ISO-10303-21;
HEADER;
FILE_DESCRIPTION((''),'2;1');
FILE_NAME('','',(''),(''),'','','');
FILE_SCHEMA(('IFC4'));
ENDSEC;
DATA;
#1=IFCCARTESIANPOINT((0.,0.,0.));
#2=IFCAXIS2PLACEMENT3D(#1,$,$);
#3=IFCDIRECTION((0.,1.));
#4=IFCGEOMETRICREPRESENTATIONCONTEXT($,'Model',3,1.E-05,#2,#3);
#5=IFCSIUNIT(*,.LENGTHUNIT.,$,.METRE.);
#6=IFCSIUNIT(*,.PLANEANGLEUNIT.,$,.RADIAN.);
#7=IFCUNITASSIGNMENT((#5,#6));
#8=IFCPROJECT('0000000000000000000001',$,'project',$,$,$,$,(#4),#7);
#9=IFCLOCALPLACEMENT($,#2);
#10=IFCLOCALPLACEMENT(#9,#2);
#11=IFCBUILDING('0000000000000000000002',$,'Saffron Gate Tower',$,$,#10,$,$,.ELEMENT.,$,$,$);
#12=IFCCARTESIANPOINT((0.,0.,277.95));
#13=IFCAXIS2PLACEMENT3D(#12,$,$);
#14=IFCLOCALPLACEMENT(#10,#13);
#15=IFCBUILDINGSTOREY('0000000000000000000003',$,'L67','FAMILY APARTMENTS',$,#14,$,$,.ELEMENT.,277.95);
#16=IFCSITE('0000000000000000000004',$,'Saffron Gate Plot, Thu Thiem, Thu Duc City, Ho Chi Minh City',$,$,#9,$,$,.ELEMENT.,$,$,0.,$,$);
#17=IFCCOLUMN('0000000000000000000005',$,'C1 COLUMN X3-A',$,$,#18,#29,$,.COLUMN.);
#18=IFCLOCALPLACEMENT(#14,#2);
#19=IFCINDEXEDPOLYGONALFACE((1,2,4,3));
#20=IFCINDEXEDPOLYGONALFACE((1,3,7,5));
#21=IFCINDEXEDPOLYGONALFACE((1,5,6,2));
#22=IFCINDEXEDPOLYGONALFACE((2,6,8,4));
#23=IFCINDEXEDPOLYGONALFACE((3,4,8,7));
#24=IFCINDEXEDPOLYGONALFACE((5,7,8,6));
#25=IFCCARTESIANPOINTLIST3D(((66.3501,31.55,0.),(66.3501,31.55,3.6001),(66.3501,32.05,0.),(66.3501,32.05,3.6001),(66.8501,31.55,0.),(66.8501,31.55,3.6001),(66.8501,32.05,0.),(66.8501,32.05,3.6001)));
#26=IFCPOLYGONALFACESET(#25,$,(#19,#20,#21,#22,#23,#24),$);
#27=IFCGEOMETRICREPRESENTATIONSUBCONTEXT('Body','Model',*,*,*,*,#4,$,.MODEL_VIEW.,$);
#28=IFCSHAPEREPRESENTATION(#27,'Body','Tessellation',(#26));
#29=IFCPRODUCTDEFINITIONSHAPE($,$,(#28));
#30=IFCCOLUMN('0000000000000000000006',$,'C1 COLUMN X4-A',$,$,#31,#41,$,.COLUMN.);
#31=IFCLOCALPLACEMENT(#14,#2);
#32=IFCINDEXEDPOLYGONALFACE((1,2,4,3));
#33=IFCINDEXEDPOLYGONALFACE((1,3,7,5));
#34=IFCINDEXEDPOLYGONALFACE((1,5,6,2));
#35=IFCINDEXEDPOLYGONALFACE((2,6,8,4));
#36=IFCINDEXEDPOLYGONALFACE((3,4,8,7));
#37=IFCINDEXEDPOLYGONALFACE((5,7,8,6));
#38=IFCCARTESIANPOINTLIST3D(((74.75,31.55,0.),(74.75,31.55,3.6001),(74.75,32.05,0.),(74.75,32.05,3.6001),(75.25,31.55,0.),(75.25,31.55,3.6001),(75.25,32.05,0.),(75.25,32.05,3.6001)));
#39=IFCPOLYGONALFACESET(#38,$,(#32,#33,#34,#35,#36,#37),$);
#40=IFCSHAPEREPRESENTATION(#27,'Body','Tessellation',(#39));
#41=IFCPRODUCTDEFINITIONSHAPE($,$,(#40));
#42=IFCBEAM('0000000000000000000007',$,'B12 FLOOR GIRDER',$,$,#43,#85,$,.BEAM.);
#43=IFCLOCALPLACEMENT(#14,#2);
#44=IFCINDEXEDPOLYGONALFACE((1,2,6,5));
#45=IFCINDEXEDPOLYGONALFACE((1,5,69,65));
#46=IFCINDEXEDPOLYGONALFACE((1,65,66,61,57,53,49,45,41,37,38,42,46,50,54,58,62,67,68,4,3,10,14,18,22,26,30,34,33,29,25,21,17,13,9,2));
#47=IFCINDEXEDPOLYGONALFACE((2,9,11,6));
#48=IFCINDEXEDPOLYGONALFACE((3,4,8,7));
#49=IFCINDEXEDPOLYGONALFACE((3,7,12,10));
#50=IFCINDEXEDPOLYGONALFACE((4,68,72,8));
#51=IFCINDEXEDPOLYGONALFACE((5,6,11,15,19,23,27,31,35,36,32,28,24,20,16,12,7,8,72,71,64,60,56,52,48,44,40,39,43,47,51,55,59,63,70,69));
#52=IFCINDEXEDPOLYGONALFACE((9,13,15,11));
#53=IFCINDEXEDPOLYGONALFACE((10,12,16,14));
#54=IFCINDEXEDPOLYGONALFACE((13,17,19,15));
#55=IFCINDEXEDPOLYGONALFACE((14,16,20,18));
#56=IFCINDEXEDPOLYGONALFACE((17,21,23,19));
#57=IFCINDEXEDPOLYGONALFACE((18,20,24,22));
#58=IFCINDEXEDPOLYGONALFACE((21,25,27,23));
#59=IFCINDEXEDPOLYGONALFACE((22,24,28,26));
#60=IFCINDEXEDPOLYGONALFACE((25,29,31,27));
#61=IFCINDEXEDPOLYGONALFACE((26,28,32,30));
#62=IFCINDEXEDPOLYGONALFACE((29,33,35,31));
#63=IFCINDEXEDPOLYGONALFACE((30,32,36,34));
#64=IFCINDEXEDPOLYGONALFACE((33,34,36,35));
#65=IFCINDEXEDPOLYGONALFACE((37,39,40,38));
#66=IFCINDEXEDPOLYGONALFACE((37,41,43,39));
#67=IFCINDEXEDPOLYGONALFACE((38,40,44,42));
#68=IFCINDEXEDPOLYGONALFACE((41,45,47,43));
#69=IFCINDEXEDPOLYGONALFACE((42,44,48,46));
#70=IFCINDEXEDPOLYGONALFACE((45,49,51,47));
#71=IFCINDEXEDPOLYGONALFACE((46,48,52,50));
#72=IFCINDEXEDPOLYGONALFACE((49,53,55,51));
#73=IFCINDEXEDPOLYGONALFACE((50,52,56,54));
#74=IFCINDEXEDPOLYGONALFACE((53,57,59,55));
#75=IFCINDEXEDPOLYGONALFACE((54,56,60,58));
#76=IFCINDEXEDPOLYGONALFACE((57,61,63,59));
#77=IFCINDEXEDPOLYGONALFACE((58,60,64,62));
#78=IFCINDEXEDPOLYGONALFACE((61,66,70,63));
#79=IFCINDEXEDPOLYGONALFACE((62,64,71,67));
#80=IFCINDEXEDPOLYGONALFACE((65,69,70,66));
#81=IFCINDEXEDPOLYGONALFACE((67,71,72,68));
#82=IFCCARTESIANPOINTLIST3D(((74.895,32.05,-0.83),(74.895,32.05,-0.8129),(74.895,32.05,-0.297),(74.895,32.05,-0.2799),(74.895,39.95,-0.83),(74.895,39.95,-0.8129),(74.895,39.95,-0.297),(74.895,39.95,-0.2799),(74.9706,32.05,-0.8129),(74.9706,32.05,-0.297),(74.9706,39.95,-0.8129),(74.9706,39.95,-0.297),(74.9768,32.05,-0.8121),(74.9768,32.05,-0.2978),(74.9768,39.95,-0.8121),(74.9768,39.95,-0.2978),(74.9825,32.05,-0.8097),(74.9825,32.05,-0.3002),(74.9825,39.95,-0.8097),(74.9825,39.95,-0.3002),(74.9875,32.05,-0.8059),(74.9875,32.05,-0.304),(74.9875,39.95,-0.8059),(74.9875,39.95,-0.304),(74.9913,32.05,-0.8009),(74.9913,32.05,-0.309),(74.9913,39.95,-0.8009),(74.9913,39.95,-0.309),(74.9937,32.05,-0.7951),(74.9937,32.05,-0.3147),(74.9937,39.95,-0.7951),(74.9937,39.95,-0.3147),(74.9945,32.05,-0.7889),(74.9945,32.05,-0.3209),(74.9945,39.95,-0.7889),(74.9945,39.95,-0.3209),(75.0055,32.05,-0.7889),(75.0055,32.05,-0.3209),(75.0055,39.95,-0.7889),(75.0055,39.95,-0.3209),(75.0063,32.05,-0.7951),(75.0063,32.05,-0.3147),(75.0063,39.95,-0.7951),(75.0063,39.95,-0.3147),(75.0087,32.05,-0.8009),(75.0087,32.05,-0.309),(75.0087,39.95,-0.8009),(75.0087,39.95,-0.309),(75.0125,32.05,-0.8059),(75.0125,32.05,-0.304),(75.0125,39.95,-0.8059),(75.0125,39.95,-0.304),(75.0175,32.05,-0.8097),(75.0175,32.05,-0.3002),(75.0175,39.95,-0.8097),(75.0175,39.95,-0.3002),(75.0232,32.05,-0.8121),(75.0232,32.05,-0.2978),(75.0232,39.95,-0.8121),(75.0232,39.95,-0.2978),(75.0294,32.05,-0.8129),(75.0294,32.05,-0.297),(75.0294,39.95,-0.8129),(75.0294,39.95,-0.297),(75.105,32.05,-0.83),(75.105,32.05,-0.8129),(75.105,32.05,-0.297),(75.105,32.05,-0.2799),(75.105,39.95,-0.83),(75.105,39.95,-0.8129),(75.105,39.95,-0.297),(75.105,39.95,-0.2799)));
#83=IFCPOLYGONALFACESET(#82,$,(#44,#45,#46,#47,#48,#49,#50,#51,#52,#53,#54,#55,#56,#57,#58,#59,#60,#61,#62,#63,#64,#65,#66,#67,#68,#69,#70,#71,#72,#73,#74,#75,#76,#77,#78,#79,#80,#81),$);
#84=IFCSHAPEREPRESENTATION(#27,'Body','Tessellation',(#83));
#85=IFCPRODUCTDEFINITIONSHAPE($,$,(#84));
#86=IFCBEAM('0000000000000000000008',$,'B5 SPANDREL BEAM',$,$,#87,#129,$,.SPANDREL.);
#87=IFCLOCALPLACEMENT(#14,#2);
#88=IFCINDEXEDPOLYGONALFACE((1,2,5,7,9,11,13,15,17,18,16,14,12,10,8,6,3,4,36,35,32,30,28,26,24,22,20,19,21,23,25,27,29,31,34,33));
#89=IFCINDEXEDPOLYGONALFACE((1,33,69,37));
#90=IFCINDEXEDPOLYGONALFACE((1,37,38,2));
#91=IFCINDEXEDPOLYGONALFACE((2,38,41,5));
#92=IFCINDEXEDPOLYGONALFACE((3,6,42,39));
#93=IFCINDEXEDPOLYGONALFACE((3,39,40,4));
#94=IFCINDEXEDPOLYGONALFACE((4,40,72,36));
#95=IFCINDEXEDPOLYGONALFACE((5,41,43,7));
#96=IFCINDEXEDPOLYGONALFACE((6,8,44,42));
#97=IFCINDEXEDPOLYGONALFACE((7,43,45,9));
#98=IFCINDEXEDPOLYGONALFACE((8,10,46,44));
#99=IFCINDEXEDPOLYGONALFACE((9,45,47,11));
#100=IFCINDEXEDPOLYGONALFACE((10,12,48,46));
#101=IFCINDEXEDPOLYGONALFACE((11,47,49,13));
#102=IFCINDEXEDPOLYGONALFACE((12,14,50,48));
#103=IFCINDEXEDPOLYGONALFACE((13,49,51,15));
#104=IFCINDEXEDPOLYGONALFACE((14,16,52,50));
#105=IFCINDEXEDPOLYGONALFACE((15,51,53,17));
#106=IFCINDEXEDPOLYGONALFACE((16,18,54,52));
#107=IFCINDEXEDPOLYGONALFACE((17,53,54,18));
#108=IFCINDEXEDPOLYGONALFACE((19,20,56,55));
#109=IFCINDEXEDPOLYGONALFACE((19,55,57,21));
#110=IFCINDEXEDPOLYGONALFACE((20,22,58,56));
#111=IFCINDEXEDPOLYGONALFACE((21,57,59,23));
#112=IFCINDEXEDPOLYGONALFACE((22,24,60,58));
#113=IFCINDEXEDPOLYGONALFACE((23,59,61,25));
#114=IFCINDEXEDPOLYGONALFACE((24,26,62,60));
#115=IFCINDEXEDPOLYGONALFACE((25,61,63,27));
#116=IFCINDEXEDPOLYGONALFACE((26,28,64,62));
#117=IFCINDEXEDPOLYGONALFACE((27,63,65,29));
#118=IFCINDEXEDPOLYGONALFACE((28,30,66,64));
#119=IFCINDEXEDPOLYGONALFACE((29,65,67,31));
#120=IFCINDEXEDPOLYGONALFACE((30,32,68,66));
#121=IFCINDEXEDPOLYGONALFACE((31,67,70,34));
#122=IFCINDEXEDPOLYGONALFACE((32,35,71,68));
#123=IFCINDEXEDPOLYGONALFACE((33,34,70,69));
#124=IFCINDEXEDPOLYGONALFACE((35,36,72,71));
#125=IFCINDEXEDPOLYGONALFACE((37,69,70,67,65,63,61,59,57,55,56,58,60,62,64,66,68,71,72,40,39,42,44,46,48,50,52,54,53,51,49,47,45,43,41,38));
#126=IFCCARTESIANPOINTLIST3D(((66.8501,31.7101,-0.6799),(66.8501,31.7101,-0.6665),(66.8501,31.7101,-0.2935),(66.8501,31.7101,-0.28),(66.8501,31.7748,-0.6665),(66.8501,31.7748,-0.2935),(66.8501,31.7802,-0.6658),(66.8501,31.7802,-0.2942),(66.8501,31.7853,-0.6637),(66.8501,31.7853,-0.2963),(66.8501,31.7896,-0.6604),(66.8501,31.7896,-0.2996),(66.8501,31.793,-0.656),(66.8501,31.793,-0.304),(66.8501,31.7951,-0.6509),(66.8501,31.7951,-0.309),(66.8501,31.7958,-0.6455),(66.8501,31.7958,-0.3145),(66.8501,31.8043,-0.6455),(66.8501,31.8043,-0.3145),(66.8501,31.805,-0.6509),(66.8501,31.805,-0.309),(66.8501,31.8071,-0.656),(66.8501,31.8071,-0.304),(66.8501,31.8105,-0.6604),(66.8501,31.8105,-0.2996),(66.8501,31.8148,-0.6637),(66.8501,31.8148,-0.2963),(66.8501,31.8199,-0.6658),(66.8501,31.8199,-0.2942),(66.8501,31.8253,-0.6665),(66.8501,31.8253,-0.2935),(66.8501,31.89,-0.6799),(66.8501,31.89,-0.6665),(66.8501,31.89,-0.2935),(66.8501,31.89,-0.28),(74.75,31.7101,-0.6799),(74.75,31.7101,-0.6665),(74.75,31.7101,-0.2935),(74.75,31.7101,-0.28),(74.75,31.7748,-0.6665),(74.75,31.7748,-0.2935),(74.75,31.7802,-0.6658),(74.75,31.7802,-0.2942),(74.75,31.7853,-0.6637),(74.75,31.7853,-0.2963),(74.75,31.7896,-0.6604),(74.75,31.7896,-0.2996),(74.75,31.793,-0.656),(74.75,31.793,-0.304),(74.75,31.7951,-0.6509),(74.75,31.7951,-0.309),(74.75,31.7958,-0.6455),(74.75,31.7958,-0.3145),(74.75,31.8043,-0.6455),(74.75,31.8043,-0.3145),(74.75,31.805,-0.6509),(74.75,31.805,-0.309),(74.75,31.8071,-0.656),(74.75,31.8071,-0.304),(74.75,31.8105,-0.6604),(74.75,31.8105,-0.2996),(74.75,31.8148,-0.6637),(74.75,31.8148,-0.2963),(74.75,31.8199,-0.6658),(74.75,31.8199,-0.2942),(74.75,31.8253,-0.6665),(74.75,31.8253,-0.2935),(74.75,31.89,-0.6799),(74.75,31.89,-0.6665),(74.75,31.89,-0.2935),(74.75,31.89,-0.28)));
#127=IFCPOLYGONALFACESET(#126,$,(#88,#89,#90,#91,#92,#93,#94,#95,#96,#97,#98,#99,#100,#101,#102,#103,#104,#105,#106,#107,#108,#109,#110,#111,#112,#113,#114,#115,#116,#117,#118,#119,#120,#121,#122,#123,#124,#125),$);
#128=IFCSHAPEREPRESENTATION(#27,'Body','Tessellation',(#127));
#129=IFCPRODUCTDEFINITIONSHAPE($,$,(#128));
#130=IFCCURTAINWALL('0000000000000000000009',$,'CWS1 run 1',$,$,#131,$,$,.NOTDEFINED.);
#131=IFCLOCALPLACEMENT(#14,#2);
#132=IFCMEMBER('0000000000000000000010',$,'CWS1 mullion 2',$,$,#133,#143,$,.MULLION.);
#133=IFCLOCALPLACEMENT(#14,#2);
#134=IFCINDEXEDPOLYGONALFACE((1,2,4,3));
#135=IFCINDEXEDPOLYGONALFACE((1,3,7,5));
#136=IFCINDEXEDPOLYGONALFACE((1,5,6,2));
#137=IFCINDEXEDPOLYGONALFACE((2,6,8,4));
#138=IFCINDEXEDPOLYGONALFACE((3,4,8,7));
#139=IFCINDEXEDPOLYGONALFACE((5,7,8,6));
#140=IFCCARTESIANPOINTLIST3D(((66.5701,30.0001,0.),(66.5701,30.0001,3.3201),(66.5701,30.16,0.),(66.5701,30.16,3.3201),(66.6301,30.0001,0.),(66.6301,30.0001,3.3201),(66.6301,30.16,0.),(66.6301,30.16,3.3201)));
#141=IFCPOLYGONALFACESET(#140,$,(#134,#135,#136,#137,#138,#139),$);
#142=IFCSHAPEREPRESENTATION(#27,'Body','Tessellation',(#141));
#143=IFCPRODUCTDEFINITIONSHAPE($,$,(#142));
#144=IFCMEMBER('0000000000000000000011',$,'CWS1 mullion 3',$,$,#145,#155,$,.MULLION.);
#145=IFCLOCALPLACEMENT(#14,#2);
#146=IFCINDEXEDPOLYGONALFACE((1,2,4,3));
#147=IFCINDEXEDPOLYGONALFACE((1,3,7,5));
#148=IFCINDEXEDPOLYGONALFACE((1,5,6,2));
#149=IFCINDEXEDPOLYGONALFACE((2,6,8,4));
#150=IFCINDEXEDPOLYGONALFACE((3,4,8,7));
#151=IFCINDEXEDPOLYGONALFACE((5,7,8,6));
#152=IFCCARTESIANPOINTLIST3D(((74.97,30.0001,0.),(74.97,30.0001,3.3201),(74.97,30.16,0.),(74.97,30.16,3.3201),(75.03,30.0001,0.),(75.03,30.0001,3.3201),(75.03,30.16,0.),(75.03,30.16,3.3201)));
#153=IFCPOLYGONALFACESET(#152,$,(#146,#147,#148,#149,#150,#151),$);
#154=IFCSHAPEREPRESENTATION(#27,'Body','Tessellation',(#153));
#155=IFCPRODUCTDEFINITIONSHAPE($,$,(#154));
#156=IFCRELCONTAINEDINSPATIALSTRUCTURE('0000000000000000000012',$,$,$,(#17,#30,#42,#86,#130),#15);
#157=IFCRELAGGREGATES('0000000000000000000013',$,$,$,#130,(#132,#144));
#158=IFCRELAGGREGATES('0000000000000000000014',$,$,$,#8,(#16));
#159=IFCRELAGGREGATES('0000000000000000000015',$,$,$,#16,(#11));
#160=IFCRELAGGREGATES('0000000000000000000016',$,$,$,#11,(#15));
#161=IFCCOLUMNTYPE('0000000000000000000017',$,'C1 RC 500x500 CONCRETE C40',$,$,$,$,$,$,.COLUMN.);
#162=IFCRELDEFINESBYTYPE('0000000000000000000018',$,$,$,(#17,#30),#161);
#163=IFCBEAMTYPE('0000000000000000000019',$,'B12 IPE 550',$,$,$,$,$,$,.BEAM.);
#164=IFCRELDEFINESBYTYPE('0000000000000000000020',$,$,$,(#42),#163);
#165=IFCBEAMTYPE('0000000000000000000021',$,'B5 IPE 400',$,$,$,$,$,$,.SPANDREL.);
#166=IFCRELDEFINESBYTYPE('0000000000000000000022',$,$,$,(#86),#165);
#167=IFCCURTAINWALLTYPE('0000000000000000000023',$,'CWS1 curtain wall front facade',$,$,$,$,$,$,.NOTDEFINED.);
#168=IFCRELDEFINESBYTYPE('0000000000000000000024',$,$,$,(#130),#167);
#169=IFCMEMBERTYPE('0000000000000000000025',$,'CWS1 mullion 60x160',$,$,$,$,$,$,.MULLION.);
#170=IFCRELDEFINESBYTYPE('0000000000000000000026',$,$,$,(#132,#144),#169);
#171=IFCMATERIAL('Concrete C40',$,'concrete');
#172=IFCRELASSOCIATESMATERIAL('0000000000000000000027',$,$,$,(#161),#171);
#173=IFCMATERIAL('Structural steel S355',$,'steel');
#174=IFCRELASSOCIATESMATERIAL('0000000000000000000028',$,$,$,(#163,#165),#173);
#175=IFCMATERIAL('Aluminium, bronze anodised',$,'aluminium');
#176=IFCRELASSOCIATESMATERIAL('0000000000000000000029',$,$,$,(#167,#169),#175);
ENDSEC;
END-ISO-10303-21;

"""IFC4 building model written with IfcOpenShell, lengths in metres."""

from ifc_helpers import new_model, si_unit, direction, frame, origin, origin_2d, place, context, subcontext, project, spatial, rectangle, i_section, extrude, material, material_profile, profile_set, type_object, element, aggregate, save


model = new_model("IFC4")

# Units and contexts
model_context = context("Model", 3, precision=1e-05, world=origin(), true_north=direction((0.0, 1.0)))
body_context = subcontext(model_context, "Body", "Model", "MODEL_VIEW")
ifc_project = project(units=[si_unit("LENGTHUNIT", "METRE"), si_unit("PLANEANGLEUNIT", "RADIAN")], contexts=[model_context])

# Site, building, storey
site_placement = place(None, origin())
site = spatial("IfcSite", under=ifc_project, at=site_placement, Name="Saffron Gate Plot, Thu Thiem, Thu Duc City, Ho Chi Minh City", CompositionType="ELEMENT", RefElevation=0.0)
building_placement = place(site_placement, origin())
building = spatial("IfcBuilding", under=site, at=building_placement, Name="Saffron Gate Tower", CompositionType="ELEMENT")
storey_placement = place(building_placement, frame((0.0, 0.0, 277.95)))
storey = spatial("IfcBuildingStorey", under=building, at=storey_placement, Name="L67", Description="FAMILY APARTMENTS", CompositionType="ELEMENT", Elevation=277.95)

# Columns
ifc_material_1 = material(Name="Concrete C40", Category="concrete")
ifc_material_profile_1 = material_profile(ifc_material_1, rectangle(XDim=0.5, YDim=0.5, at=origin_2d()))
ifc_profile_set_1 = profile_set([ifc_material_profile_1], Name="Concrete C40")
column_type = type_object("IfcColumnType", Name="C1 RC 500x500 CONCRETE C40", PredefinedType="COLUMN", material=ifc_profile_set_1)
for number, where, z_axis, x_axis, name in (
    (1, (66.6001, 31.8, 0.0), (0.0, 0.0, 1.0), (1.0, 0.0, 0.0), "C1 COLUMN X3-A"),
    (2, (75.0, 31.8, 0.0), (0.0, 0.0, 1.0), (1.0, 0.0, 0.0), "C1 COLUMN X4-A"),
):
    element("IfcColumn", number, at=place(storey_placement, frame(where, z_axis=z_axis, x_axis=x_axis)), inside=storey, type_object=column_type, Name=name, PredefinedType="COLUMN", context=body_context, shape_type="SweptSolid", body=[
        extrude(rectangle(XDim=0.5, YDim=0.5, at=origin_2d()), origin(), (0.0, 0.0, 1.0), 3.6001),
    ])

# Beams
ifc_material_2 = material(Name="Structural steel S355", Category="steel")
ifc_material_profile_2 = material_profile(ifc_material_2, i_section(OverallWidth=0.21, OverallDepth=0.55, WebThickness=0.011, FlangeThickness=0.0171, FilletRadius=0.0239, at=origin_2d()))
ifc_profile_set_2 = profile_set([ifc_material_profile_2], Name="Structural steel S355")
beam_type_1 = type_object("IfcBeamType", Name="B12 IPE 550", PredefinedType="BEAM", material=ifc_profile_set_2)
beam_1_placement = place(storey_placement, frame((75.0, 32.05, -0.5549), z_axis=(0.0, 1.0, 0.0), x_axis=(-1.0, 0.0, 0.0)))
element("IfcBeam", 3, at=beam_1_placement, inside=storey, type_object=beam_type_1, Name="B12 FLOOR GIRDER", PredefinedType="BEAM", context=body_context, shape_type="SweptSolid", body=[
    extrude(i_section(OverallWidth=0.21, OverallDepth=0.55, WebThickness=0.011, FlangeThickness=0.0171, FilletRadius=0.0239, at=origin_2d()), origin(), (0.0, 0.0, 1.0), 7.8999),
])
ifc_material_profile_3 = material_profile(ifc_material_2, i_section(OverallWidth=0.1799, OverallDepth=0.3999, WebThickness=0.0085, FlangeThickness=0.0134, FilletRadius=0.021, at=origin_2d()))
ifc_profile_set_3 = profile_set([ifc_material_profile_3], Name="Structural steel S355")
beam_type_2 = type_object("IfcBeamType", Name="B5 IPE 400", PredefinedType="SPANDREL", material=ifc_profile_set_3)
beam_2_placement = place(storey_placement, frame((66.8501, 31.8, -0.48), z_axis=(1.0, 0.0, 0.0), x_axis=(0.0, 1.0, 0.0)))
element("IfcBeam", 4, at=beam_2_placement, inside=storey, type_object=beam_type_2, Name="B5 SPANDREL BEAM", PredefinedType="SPANDREL", context=body_context, shape_type="SweptSolid", body=[
    extrude(i_section(OverallWidth=0.1799, OverallDepth=0.3999, WebThickness=0.0085, FlangeThickness=0.0134, FilletRadius=0.021, at=origin_2d()), origin(), (0.0, 0.0, 1.0), 7.8999),
])

# Curtain wall, members
ifc_material_3 = material(Name="Aluminium, bronze anodised", Category="aluminium")
curtain_wall_type = type_object("IfcCurtainWallType", Name="CWS1 curtain wall front facade", PredefinedType="NOTDEFINED", material=ifc_material_3)
curtain_wall_placement = place(storey_placement, origin())
curtain_wall = element("IfcCurtainWall", 5, at=curtain_wall_placement, inside=storey, type_object=curtain_wall_type, Name="CWS1 run 1", PredefinedType="NOTDEFINED")
ifc_material_profile_4 = material_profile(ifc_material_3, rectangle(XDim=0.1599, YDim=0.0601, at=origin_2d()))
ifc_profile_set_4 = profile_set([ifc_material_profile_4], Name="Aluminium, bronze anodised")
member_type = type_object("IfcMemberType", Name="CWS1 mullion 60x160", PredefinedType="MULLION", material=ifc_profile_set_4)
member_1_placement = place(storey_placement, frame((66.6001, 30.0801, 0.0), z_axis=(0.0, 0.0, 1.0), x_axis=(0.0, 1.0, 0.0)))
member_1 = element("IfcMember", 6, at=member_1_placement, type_object=member_type, Name="CWS1 mullion 2", PredefinedType="MULLION", context=body_context, shape_type="SweptSolid", body=[
    extrude(rectangle(XDim=0.1599, YDim=0.0601, at=origin_2d()), origin(), (0.0, 0.0, 1.0), 3.3201),
])
member_2_placement = place(storey_placement, frame((75.0, 30.0801, 0.0), z_axis=(0.0, 0.0, 1.0), x_axis=(0.0, 1.0, 0.0)))
member_2 = element("IfcMember", 7, at=member_2_placement, type_object=member_type, Name="CWS1 mullion 3", PredefinedType="MULLION", context=body_context, shape_type="SweptSolid", body=[
    extrude(rectangle(XDim=0.1599, YDim=0.0601, at=origin_2d()), origin(), (0.0, 0.0, 1.0), 3.3201),
])
aggregate(curtain_wall, [member_1, member_2])

save(model, "model.ifc")
